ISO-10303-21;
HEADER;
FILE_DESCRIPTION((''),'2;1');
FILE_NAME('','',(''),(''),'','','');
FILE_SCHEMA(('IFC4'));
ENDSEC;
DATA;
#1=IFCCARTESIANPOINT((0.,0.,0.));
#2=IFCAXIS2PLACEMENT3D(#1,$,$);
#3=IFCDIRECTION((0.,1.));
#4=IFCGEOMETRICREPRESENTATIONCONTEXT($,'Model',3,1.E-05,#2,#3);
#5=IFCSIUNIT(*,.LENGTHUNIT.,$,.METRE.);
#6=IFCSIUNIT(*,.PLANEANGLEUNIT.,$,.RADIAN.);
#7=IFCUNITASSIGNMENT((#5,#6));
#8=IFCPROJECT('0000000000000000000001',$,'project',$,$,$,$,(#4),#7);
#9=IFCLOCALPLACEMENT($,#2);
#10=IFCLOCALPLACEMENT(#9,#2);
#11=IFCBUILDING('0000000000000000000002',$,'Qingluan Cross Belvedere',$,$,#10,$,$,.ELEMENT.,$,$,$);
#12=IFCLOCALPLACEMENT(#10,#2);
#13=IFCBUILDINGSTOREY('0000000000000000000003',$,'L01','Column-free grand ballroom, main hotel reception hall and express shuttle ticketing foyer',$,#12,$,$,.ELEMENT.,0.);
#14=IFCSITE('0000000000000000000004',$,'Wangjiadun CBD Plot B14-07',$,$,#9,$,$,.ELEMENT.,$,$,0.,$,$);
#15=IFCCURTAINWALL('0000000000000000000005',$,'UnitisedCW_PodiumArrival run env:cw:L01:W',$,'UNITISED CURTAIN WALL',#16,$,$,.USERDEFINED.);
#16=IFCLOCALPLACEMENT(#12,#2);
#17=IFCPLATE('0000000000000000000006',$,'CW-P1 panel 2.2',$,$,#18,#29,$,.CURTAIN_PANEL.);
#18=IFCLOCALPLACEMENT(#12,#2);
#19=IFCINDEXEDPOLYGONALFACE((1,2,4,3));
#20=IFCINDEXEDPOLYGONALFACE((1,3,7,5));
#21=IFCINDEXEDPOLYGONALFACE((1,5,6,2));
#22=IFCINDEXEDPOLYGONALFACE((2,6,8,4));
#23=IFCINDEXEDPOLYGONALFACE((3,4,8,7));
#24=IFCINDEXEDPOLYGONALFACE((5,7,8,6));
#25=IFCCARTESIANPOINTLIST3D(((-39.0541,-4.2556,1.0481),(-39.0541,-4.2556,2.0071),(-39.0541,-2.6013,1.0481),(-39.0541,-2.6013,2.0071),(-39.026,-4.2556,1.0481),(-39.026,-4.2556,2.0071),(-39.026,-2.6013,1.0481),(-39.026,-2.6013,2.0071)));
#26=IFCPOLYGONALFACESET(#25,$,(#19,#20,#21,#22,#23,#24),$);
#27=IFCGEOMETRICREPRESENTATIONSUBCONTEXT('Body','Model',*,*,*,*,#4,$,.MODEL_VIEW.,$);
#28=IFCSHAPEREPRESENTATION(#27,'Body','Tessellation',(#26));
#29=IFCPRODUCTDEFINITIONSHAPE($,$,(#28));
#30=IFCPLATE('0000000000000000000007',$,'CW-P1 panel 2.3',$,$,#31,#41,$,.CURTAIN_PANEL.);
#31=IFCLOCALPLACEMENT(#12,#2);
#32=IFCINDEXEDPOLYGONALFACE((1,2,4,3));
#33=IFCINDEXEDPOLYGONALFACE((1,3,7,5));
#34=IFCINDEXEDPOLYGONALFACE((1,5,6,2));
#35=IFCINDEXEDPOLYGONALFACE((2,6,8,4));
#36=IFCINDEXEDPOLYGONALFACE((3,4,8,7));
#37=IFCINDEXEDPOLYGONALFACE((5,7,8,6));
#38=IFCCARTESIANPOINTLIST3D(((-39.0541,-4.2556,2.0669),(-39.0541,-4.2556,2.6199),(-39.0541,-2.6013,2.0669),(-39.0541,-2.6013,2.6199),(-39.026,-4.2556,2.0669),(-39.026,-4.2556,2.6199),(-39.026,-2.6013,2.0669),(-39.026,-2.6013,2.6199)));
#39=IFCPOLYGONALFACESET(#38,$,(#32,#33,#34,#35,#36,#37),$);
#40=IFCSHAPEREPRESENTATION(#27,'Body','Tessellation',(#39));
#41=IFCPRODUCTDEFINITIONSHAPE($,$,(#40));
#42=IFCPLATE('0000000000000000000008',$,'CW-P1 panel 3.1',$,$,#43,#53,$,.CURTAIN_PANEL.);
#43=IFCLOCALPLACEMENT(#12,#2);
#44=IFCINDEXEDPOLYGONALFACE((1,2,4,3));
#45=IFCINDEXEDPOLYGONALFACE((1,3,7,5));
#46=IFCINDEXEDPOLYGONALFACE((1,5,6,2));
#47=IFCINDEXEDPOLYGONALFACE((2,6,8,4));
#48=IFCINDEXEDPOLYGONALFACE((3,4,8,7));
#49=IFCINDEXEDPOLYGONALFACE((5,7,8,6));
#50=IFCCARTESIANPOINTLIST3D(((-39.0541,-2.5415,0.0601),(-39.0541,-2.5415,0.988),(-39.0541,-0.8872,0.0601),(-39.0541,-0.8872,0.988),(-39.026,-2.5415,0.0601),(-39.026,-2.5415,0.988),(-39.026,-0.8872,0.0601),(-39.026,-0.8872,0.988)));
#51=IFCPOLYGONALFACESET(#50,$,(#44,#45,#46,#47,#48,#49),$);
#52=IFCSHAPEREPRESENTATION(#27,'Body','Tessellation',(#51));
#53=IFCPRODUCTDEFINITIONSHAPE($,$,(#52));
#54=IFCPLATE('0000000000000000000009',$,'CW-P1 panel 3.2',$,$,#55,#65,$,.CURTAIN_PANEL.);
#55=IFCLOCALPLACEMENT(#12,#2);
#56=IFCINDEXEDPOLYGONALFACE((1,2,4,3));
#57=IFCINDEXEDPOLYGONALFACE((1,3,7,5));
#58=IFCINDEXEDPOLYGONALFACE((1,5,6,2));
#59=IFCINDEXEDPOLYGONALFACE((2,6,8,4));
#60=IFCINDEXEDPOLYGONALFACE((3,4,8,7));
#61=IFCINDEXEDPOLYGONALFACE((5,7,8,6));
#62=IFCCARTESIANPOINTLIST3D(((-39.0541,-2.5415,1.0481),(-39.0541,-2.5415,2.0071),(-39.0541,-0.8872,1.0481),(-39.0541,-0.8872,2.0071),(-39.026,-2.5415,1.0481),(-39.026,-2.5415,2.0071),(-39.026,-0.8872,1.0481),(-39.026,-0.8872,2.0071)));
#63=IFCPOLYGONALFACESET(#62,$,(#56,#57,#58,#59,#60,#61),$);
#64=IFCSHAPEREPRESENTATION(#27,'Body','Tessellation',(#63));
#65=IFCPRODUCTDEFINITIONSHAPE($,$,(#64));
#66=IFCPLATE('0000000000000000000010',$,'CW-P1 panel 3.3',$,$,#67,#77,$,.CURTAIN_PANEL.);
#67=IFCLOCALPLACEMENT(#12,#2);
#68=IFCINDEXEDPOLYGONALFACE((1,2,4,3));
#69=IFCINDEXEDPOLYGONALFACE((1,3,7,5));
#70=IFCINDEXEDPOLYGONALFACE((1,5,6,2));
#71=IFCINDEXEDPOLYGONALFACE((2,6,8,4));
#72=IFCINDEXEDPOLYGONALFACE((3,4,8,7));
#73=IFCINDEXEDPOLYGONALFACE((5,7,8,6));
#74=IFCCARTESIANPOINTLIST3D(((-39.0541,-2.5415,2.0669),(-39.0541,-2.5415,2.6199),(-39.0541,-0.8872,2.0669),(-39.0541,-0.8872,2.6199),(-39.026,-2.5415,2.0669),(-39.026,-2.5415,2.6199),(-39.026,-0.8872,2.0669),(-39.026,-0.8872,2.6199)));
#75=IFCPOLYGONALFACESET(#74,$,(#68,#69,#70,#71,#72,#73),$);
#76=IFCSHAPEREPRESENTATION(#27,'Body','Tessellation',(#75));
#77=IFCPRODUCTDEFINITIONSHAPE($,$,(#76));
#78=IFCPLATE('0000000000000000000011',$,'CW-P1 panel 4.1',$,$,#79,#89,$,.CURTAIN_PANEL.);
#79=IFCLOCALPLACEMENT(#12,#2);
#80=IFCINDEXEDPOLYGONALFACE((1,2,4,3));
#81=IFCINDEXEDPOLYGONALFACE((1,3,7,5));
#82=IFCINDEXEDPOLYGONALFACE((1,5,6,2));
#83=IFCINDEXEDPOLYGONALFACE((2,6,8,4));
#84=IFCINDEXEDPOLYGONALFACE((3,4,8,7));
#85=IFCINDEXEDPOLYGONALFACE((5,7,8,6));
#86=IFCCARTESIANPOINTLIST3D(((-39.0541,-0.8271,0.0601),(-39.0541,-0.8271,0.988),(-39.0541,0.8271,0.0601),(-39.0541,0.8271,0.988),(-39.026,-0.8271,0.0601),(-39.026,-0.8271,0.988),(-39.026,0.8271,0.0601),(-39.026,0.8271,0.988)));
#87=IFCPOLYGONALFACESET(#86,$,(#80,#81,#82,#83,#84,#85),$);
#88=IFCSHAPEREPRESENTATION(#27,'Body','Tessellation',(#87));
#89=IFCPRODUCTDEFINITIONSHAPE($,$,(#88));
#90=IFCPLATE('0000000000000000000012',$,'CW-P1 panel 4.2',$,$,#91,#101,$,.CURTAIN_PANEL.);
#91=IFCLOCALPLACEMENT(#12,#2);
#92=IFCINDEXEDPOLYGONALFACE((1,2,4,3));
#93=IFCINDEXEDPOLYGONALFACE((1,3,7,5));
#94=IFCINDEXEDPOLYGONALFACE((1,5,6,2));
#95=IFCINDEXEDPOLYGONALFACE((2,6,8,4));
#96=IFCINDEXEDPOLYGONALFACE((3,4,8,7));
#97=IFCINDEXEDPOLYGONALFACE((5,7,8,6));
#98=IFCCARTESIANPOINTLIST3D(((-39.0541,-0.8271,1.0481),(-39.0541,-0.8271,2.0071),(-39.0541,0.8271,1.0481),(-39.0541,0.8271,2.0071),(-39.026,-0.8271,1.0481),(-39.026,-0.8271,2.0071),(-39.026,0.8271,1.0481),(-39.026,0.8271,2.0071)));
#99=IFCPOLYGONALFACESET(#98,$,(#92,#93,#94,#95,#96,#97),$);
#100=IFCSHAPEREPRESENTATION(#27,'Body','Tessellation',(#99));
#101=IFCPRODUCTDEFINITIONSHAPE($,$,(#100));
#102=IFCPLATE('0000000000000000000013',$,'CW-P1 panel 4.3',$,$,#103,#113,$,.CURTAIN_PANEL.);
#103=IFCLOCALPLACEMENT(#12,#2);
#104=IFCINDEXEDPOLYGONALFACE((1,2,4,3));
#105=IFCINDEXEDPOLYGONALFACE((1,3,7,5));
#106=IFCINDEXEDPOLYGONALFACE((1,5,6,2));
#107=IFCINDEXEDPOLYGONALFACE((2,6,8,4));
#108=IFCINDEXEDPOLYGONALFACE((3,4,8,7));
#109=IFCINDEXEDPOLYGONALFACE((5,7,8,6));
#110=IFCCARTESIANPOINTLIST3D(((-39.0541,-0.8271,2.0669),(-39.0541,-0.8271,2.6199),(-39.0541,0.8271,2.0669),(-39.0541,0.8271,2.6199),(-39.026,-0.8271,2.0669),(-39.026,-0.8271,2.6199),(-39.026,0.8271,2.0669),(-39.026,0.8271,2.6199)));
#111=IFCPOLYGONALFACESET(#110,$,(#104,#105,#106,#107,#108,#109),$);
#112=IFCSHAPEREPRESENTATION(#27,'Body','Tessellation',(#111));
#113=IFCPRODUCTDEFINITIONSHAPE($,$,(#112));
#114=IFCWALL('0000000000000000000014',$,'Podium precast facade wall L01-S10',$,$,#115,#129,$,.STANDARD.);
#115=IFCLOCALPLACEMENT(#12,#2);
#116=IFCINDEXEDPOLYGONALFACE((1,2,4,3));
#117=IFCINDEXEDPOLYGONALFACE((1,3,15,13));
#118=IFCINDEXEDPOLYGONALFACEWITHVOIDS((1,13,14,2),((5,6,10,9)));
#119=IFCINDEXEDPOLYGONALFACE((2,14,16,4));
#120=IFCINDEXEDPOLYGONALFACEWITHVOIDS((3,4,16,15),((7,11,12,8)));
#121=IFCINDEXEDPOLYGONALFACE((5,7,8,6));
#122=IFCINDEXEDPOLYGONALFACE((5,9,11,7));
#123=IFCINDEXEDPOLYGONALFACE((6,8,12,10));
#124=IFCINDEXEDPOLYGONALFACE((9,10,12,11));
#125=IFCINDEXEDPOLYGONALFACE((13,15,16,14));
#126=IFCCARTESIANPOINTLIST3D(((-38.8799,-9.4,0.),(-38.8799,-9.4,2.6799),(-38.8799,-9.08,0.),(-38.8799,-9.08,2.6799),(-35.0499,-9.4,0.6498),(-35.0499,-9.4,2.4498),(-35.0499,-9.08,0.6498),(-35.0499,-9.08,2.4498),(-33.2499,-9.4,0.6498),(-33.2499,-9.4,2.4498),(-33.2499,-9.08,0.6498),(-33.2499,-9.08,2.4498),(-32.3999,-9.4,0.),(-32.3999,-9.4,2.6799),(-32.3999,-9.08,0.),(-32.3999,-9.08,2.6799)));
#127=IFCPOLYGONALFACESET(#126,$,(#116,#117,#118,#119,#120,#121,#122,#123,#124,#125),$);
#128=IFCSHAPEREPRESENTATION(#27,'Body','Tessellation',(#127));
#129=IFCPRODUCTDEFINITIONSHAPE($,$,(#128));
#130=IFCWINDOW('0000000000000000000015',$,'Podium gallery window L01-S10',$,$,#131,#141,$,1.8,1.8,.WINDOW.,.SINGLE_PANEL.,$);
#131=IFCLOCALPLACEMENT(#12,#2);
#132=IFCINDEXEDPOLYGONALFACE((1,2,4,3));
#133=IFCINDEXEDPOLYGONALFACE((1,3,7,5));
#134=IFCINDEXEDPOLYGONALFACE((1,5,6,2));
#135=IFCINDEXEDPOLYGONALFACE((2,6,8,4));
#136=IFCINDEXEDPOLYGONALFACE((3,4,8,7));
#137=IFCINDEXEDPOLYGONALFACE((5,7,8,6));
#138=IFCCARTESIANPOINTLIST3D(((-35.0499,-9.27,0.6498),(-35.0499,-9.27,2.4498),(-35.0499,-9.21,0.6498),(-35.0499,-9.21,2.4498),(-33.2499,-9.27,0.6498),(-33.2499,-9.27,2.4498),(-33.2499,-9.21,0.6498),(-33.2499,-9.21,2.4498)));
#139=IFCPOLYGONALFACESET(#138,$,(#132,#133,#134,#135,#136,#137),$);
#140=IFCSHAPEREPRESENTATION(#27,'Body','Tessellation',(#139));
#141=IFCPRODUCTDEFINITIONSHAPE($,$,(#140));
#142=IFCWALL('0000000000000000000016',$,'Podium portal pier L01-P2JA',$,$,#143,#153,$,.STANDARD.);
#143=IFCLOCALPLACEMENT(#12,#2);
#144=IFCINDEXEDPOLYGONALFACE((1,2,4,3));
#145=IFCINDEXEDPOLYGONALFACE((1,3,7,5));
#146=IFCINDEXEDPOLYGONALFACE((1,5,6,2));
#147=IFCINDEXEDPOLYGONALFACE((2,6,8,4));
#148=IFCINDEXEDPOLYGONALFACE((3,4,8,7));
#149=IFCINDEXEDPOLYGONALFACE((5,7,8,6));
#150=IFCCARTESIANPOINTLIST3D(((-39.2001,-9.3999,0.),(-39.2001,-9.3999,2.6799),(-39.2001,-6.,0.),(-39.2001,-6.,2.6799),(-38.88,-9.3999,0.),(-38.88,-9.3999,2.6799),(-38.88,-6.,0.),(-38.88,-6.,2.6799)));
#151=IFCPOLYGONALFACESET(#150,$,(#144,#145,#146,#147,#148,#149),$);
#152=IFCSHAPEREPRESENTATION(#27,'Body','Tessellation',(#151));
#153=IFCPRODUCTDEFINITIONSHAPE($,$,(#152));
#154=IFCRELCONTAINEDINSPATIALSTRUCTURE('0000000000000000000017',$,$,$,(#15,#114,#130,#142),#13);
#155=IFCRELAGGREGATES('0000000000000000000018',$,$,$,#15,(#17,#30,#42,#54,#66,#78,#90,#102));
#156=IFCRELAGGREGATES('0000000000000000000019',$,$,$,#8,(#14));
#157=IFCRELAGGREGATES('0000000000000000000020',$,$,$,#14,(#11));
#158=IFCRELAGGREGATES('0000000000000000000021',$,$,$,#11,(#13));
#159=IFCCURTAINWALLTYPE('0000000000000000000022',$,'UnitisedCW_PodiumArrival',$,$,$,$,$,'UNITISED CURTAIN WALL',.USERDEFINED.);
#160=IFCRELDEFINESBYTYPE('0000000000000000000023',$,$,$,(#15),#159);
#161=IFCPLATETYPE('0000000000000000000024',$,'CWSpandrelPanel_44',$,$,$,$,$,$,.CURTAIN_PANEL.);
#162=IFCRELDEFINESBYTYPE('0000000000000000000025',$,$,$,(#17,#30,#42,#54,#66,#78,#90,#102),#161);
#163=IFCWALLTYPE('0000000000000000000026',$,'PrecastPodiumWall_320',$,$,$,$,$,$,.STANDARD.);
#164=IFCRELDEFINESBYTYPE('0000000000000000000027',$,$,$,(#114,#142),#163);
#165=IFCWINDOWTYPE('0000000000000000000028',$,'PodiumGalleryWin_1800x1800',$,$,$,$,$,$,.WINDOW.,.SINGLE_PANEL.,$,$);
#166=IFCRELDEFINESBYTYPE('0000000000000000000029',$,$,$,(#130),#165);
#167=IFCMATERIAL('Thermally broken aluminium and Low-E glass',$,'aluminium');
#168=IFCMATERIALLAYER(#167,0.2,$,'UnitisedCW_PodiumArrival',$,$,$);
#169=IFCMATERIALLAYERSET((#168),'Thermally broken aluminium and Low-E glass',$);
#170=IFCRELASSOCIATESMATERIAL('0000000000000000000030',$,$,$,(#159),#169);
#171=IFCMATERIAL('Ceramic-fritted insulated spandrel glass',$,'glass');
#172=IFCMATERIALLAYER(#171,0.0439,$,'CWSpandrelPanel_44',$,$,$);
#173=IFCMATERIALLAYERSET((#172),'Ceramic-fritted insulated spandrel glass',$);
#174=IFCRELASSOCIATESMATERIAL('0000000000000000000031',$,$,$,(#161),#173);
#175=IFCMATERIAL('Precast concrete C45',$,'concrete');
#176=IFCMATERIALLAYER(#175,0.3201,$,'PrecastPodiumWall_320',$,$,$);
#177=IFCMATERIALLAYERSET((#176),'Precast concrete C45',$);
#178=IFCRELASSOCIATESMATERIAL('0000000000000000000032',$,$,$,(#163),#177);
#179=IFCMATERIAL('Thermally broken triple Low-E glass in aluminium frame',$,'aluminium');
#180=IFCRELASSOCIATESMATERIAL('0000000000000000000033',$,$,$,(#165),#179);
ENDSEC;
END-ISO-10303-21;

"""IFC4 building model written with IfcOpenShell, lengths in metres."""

from ifc_helpers import new_model, si_unit, direction, frame, frame_2d, origin, origin_2d, place, context, subcontext, project, spatial, rectangle, extrude, material, layer, layer_set, type_object, element, fill, aggregate, save


model = new_model("IFC4")

# Units and contexts
model_context = context("Model", 3, precision=1e-05, world=origin(), true_north=direction((0.0, 1.0)))
body_context = subcontext(model_context, "Body", "Model", "MODEL_VIEW")
ifc_project = project(units=[si_unit("LENGTHUNIT", "METRE"), si_unit("PLANEANGLEUNIT", "RADIAN")], contexts=[model_context])

# Site, building, storey
site_placement = place(None, origin())
site = spatial("IfcSite", under=ifc_project, at=site_placement, Name="Wangjiadun CBD Plot B14-07", CompositionType="ELEMENT", RefElevation=0.0)
building_placement = place(site_placement, origin())
building = spatial("IfcBuilding", under=site, at=building_placement, Name="Qingluan Cross Belvedere", CompositionType="ELEMENT")
storey_placement = place(building_placement, origin())
storey = spatial("IfcBuildingStorey", under=building, at=storey_placement, Name="L01", Description="Column-free grand ballroom, main hotel reception hall and express shuttle ticketing foyer", CompositionType="ELEMENT", Elevation=0.0)

# Curtain wall, plates
ifc_material_1 = material(Name="Thermally broken aluminium and Low-E glass", Category="aluminium")
ifc_layer_1 = layer(ifc_material_1, 0.2, Name="UnitisedCW_PodiumArrival")
ifc_layer_set_1 = layer_set([ifc_layer_1], Name="Thermally broken aluminium and Low-E glass")
curtain_wall_type = type_object("IfcCurtainWallType", Name="UnitisedCW_PodiumArrival", ElementType="UNITISED CURTAIN WALL", PredefinedType="USERDEFINED", material=ifc_layer_set_1)
curtain_wall_placement = place(storey_placement, origin())
curtain_wall = element("IfcCurtainWall", 1, at=curtain_wall_placement, inside=storey, type_object=curtain_wall_type, Name="UnitisedCW_PodiumArrival run env:cw:L01:W", ObjectType="UNITISED CURTAIN WALL", PredefinedType="USERDEFINED")
ifc_material_2 = material(Name="Ceramic-fritted insulated spandrel glass", Category="glass")
ifc_layer_2 = layer(ifc_material_2, 0.0439, Name="CWSpandrelPanel_44")
ifc_layer_set_2 = layer_set([ifc_layer_2], Name="Ceramic-fritted insulated spandrel glass")
plate_type = type_object("IfcPlateType", Name="CWSpandrelPanel_44", PredefinedType="CURTAIN_PANEL", material=ifc_layer_set_2)
plate_1_placement = place(storey_placement, frame((-39.04, -3.4285, 1.0481), z_axis=(0.0, 0.0, 1.0), x_axis=(0.0, 1.0, 0.0)))
plate_1 = element("IfcPlate", 2, at=plate_1_placement, type_object=plate_type, Name="CW-P1 panel 2.2", PredefinedType="CURTAIN_PANEL", context=body_context, shape_type="SweptSolid", body=[
    extrude(rectangle(XDim=1.6543, YDim=0.0281, at=origin_2d()), origin(), (0.0, 0.0, 1.0), 0.959),
])
plate_2_placement = place(storey_placement, frame((-39.04, -3.4285, 2.0669), z_axis=(0.0, 0.0, 1.0), x_axis=(0.0, 1.0, 0.0)))
plate_2 = element("IfcPlate", 3, at=plate_2_placement, type_object=plate_type, Name="CW-P1 panel 2.3", PredefinedType="CURTAIN_PANEL", context=body_context, shape_type="SweptSolid", body=[
    extrude(rectangle(XDim=1.6543, YDim=0.0281, at=origin_2d()), origin(), (0.0, 0.0, 1.0), 0.553),
])
plate_3_placement = place(storey_placement, frame((-39.04, -1.7144, 0.0601), z_axis=(0.0, 0.0, 1.0), x_axis=(0.0, 1.0, 0.0)))
plate_3 = element("IfcPlate", 4, at=plate_3_placement, type_object=plate_type, Name="CW-P1 panel 3.1", PredefinedType="CURTAIN_PANEL", context=body_context, shape_type="SweptSolid", body=[
    extrude(rectangle(XDim=1.6543, YDim=0.0281, at=origin_2d()), origin(), (0.0, 0.0, 1.0), 0.928),
])
plate_4_placement = place(storey_placement, frame((-39.04, -1.7144, 1.0481), z_axis=(0.0, 0.0, 1.0), x_axis=(0.0, 1.0, 0.0)))
plate_4 = element("IfcPlate", 5, at=plate_4_placement, type_object=plate_type, Name="CW-P1 panel 3.2", PredefinedType="CURTAIN_PANEL", context=body_context, shape_type="SweptSolid", body=[
    extrude(rectangle(XDim=1.6543, YDim=0.0281, at=origin_2d()), origin(), (0.0, 0.0, 1.0), 0.959),
])
plate_5_placement = place(storey_placement, frame((-39.04, -1.7144, 2.0669), z_axis=(0.0, 0.0, 1.0), x_axis=(0.0, 1.0, 0.0)))
plate_5 = element("IfcPlate", 6, at=plate_5_placement, type_object=plate_type, Name="CW-P1 panel 3.3", PredefinedType="CURTAIN_PANEL", context=body_context, shape_type="SweptSolid", body=[
    extrude(rectangle(XDim=1.6543, YDim=0.0281, at=origin_2d()), origin(), (0.0, 0.0, 1.0), 0.553),
])
plate_6_placement = place(storey_placement, frame((-39.04, 0.0, 0.0601), z_axis=(0.0, 0.0, 1.0), x_axis=(0.0, 1.0, 0.0)))
plate_6 = element("IfcPlate", 7, at=plate_6_placement, type_object=plate_type, Name="CW-P1 panel 4.1", PredefinedType="CURTAIN_PANEL", context=body_context, shape_type="SweptSolid", body=[
    extrude(rectangle(XDim=1.6543, YDim=0.0281, at=origin_2d()), origin(), (0.0, 0.0, 1.0), 0.928),
])
plate_7_placement = place(storey_placement, frame((-39.04, 0.0, 1.0481), z_axis=(0.0, 0.0, 1.0), x_axis=(0.0, 1.0, 0.0)))
plate_7 = element("IfcPlate", 8, at=plate_7_placement, type_object=plate_type, Name="CW-P1 panel 4.2", PredefinedType="CURTAIN_PANEL", context=body_context, shape_type="SweptSolid", body=[
    extrude(rectangle(XDim=1.6543, YDim=0.0281, at=origin_2d()), origin(), (0.0, 0.0, 1.0), 0.959),
])
plate_8_placement = place(storey_placement, frame((-39.04, 0.0, 2.0669), z_axis=(0.0, 0.0, 1.0), x_axis=(0.0, 1.0, 0.0)))
plate_8 = element("IfcPlate", 9, at=plate_8_placement, type_object=plate_type, Name="CW-P1 panel 4.3", PredefinedType="CURTAIN_PANEL", context=body_context, shape_type="SweptSolid", body=[
    extrude(rectangle(XDim=1.6543, YDim=0.0281, at=origin_2d()), origin(), (0.0, 0.0, 1.0), 0.553),
])
aggregate(curtain_wall, [plate_1, plate_2, plate_3, plate_4, plate_5, plate_6, plate_7, plate_8])

# Wall, opening, window
ifc_material_3 = material(Name="Precast concrete C45", Category="concrete")
ifc_layer_3 = layer(ifc_material_3, 0.3201, Name="PrecastPodiumWall_320")
ifc_layer_set_3 = layer_set([ifc_layer_3], Name="Precast concrete C45")
wall_type = type_object("IfcWallType", Name="PrecastPodiumWall_320", PredefinedType="STANDARD", material=ifc_layer_set_3)
wall_1_placement = place(storey_placement, frame((-32.3999, -9.24, 0.0), z_axis=(0.0, 0.0, 1.0), x_axis=(-1.0, 0.0, 0.0)))
wall_1 = element("IfcWall", 10, at=wall_1_placement, inside=storey, type_object=wall_type, Name="Podium precast facade wall L01-S10", PredefinedType="STANDARD", context=body_context, shape_type="SweptSolid", body=[
    extrude(rectangle(XDim=6.48, YDim=0.3201, at=frame_2d((3.24, 0.0))), origin(), (0.0, 0.0, 1.0), 2.6799),
])
opening_placement = place(wall_1_placement, frame((0.8501, 0.0, 0.6499)))
opening = element("IfcOpeningElement", 11, at=opening_placement, cuts=wall_1, PredefinedType="OPENING", context=body_context, shape_type="SweptSolid", body=[
    extrude(rectangle(XDim=1.8, YDim=1.8, at=frame_2d((0.8999, 0.8999))), frame((0.0, 0.1699, 0.0), z_axis=(0.0, -1.0, 0.0), x_axis=(1.0, 0.0, 0.0)), (0.0, 0.0, 1.0), 0.3401),
])
ifc_material_4 = material(Name="Thermally broken triple Low-E glass in aluminium frame", Category="aluminium")
window_type = type_object("IfcWindowType", Name="PodiumGalleryWin_1800x1800", PartitioningType="SINGLE_PANEL", PredefinedType="WINDOW", material=ifc_material_4)
window_placement = place(opening_placement, origin())
window = element("IfcWindow", 12, at=window_placement, inside=storey, type_object=window_type, Name="Podium gallery window L01-S10", OverallHeight=1.8, OverallWidth=1.8, PartitioningType="SINGLE_PANEL", PredefinedType="WINDOW", context=body_context, shape_type="SweptSolid", body=[
    extrude(rectangle(XDim=1.8, YDim=1.8, at=frame_2d((0.8999, 0.8999))), frame((0.0, 0.03, 0.0), z_axis=(0.0, -1.0, 0.0), x_axis=(1.0, 0.0, 0.0)), (0.0, 0.0, 1.0), 0.0601),
])
fill(opening, window)

# Wall
wall_2_placement = place(storey_placement, frame((-39.04, -9.3999, 0.0), z_axis=(0.0, 0.0, 1.0), x_axis=(0.0, 1.0, 0.0)))
element("IfcWall", 13, at=wall_2_placement, inside=storey, type_object=wall_type, Name="Podium portal pier L01-P2JA", PredefinedType="STANDARD", context=body_context, shape_type="SweptSolid", body=[
    extrude(rectangle(XDim=3.3999, YDim=0.3201, at=frame_2d((1.7, 0.0))), origin(), (0.0, 0.0, 1.0), 2.6799),
])

save(model, "model.ifc")
